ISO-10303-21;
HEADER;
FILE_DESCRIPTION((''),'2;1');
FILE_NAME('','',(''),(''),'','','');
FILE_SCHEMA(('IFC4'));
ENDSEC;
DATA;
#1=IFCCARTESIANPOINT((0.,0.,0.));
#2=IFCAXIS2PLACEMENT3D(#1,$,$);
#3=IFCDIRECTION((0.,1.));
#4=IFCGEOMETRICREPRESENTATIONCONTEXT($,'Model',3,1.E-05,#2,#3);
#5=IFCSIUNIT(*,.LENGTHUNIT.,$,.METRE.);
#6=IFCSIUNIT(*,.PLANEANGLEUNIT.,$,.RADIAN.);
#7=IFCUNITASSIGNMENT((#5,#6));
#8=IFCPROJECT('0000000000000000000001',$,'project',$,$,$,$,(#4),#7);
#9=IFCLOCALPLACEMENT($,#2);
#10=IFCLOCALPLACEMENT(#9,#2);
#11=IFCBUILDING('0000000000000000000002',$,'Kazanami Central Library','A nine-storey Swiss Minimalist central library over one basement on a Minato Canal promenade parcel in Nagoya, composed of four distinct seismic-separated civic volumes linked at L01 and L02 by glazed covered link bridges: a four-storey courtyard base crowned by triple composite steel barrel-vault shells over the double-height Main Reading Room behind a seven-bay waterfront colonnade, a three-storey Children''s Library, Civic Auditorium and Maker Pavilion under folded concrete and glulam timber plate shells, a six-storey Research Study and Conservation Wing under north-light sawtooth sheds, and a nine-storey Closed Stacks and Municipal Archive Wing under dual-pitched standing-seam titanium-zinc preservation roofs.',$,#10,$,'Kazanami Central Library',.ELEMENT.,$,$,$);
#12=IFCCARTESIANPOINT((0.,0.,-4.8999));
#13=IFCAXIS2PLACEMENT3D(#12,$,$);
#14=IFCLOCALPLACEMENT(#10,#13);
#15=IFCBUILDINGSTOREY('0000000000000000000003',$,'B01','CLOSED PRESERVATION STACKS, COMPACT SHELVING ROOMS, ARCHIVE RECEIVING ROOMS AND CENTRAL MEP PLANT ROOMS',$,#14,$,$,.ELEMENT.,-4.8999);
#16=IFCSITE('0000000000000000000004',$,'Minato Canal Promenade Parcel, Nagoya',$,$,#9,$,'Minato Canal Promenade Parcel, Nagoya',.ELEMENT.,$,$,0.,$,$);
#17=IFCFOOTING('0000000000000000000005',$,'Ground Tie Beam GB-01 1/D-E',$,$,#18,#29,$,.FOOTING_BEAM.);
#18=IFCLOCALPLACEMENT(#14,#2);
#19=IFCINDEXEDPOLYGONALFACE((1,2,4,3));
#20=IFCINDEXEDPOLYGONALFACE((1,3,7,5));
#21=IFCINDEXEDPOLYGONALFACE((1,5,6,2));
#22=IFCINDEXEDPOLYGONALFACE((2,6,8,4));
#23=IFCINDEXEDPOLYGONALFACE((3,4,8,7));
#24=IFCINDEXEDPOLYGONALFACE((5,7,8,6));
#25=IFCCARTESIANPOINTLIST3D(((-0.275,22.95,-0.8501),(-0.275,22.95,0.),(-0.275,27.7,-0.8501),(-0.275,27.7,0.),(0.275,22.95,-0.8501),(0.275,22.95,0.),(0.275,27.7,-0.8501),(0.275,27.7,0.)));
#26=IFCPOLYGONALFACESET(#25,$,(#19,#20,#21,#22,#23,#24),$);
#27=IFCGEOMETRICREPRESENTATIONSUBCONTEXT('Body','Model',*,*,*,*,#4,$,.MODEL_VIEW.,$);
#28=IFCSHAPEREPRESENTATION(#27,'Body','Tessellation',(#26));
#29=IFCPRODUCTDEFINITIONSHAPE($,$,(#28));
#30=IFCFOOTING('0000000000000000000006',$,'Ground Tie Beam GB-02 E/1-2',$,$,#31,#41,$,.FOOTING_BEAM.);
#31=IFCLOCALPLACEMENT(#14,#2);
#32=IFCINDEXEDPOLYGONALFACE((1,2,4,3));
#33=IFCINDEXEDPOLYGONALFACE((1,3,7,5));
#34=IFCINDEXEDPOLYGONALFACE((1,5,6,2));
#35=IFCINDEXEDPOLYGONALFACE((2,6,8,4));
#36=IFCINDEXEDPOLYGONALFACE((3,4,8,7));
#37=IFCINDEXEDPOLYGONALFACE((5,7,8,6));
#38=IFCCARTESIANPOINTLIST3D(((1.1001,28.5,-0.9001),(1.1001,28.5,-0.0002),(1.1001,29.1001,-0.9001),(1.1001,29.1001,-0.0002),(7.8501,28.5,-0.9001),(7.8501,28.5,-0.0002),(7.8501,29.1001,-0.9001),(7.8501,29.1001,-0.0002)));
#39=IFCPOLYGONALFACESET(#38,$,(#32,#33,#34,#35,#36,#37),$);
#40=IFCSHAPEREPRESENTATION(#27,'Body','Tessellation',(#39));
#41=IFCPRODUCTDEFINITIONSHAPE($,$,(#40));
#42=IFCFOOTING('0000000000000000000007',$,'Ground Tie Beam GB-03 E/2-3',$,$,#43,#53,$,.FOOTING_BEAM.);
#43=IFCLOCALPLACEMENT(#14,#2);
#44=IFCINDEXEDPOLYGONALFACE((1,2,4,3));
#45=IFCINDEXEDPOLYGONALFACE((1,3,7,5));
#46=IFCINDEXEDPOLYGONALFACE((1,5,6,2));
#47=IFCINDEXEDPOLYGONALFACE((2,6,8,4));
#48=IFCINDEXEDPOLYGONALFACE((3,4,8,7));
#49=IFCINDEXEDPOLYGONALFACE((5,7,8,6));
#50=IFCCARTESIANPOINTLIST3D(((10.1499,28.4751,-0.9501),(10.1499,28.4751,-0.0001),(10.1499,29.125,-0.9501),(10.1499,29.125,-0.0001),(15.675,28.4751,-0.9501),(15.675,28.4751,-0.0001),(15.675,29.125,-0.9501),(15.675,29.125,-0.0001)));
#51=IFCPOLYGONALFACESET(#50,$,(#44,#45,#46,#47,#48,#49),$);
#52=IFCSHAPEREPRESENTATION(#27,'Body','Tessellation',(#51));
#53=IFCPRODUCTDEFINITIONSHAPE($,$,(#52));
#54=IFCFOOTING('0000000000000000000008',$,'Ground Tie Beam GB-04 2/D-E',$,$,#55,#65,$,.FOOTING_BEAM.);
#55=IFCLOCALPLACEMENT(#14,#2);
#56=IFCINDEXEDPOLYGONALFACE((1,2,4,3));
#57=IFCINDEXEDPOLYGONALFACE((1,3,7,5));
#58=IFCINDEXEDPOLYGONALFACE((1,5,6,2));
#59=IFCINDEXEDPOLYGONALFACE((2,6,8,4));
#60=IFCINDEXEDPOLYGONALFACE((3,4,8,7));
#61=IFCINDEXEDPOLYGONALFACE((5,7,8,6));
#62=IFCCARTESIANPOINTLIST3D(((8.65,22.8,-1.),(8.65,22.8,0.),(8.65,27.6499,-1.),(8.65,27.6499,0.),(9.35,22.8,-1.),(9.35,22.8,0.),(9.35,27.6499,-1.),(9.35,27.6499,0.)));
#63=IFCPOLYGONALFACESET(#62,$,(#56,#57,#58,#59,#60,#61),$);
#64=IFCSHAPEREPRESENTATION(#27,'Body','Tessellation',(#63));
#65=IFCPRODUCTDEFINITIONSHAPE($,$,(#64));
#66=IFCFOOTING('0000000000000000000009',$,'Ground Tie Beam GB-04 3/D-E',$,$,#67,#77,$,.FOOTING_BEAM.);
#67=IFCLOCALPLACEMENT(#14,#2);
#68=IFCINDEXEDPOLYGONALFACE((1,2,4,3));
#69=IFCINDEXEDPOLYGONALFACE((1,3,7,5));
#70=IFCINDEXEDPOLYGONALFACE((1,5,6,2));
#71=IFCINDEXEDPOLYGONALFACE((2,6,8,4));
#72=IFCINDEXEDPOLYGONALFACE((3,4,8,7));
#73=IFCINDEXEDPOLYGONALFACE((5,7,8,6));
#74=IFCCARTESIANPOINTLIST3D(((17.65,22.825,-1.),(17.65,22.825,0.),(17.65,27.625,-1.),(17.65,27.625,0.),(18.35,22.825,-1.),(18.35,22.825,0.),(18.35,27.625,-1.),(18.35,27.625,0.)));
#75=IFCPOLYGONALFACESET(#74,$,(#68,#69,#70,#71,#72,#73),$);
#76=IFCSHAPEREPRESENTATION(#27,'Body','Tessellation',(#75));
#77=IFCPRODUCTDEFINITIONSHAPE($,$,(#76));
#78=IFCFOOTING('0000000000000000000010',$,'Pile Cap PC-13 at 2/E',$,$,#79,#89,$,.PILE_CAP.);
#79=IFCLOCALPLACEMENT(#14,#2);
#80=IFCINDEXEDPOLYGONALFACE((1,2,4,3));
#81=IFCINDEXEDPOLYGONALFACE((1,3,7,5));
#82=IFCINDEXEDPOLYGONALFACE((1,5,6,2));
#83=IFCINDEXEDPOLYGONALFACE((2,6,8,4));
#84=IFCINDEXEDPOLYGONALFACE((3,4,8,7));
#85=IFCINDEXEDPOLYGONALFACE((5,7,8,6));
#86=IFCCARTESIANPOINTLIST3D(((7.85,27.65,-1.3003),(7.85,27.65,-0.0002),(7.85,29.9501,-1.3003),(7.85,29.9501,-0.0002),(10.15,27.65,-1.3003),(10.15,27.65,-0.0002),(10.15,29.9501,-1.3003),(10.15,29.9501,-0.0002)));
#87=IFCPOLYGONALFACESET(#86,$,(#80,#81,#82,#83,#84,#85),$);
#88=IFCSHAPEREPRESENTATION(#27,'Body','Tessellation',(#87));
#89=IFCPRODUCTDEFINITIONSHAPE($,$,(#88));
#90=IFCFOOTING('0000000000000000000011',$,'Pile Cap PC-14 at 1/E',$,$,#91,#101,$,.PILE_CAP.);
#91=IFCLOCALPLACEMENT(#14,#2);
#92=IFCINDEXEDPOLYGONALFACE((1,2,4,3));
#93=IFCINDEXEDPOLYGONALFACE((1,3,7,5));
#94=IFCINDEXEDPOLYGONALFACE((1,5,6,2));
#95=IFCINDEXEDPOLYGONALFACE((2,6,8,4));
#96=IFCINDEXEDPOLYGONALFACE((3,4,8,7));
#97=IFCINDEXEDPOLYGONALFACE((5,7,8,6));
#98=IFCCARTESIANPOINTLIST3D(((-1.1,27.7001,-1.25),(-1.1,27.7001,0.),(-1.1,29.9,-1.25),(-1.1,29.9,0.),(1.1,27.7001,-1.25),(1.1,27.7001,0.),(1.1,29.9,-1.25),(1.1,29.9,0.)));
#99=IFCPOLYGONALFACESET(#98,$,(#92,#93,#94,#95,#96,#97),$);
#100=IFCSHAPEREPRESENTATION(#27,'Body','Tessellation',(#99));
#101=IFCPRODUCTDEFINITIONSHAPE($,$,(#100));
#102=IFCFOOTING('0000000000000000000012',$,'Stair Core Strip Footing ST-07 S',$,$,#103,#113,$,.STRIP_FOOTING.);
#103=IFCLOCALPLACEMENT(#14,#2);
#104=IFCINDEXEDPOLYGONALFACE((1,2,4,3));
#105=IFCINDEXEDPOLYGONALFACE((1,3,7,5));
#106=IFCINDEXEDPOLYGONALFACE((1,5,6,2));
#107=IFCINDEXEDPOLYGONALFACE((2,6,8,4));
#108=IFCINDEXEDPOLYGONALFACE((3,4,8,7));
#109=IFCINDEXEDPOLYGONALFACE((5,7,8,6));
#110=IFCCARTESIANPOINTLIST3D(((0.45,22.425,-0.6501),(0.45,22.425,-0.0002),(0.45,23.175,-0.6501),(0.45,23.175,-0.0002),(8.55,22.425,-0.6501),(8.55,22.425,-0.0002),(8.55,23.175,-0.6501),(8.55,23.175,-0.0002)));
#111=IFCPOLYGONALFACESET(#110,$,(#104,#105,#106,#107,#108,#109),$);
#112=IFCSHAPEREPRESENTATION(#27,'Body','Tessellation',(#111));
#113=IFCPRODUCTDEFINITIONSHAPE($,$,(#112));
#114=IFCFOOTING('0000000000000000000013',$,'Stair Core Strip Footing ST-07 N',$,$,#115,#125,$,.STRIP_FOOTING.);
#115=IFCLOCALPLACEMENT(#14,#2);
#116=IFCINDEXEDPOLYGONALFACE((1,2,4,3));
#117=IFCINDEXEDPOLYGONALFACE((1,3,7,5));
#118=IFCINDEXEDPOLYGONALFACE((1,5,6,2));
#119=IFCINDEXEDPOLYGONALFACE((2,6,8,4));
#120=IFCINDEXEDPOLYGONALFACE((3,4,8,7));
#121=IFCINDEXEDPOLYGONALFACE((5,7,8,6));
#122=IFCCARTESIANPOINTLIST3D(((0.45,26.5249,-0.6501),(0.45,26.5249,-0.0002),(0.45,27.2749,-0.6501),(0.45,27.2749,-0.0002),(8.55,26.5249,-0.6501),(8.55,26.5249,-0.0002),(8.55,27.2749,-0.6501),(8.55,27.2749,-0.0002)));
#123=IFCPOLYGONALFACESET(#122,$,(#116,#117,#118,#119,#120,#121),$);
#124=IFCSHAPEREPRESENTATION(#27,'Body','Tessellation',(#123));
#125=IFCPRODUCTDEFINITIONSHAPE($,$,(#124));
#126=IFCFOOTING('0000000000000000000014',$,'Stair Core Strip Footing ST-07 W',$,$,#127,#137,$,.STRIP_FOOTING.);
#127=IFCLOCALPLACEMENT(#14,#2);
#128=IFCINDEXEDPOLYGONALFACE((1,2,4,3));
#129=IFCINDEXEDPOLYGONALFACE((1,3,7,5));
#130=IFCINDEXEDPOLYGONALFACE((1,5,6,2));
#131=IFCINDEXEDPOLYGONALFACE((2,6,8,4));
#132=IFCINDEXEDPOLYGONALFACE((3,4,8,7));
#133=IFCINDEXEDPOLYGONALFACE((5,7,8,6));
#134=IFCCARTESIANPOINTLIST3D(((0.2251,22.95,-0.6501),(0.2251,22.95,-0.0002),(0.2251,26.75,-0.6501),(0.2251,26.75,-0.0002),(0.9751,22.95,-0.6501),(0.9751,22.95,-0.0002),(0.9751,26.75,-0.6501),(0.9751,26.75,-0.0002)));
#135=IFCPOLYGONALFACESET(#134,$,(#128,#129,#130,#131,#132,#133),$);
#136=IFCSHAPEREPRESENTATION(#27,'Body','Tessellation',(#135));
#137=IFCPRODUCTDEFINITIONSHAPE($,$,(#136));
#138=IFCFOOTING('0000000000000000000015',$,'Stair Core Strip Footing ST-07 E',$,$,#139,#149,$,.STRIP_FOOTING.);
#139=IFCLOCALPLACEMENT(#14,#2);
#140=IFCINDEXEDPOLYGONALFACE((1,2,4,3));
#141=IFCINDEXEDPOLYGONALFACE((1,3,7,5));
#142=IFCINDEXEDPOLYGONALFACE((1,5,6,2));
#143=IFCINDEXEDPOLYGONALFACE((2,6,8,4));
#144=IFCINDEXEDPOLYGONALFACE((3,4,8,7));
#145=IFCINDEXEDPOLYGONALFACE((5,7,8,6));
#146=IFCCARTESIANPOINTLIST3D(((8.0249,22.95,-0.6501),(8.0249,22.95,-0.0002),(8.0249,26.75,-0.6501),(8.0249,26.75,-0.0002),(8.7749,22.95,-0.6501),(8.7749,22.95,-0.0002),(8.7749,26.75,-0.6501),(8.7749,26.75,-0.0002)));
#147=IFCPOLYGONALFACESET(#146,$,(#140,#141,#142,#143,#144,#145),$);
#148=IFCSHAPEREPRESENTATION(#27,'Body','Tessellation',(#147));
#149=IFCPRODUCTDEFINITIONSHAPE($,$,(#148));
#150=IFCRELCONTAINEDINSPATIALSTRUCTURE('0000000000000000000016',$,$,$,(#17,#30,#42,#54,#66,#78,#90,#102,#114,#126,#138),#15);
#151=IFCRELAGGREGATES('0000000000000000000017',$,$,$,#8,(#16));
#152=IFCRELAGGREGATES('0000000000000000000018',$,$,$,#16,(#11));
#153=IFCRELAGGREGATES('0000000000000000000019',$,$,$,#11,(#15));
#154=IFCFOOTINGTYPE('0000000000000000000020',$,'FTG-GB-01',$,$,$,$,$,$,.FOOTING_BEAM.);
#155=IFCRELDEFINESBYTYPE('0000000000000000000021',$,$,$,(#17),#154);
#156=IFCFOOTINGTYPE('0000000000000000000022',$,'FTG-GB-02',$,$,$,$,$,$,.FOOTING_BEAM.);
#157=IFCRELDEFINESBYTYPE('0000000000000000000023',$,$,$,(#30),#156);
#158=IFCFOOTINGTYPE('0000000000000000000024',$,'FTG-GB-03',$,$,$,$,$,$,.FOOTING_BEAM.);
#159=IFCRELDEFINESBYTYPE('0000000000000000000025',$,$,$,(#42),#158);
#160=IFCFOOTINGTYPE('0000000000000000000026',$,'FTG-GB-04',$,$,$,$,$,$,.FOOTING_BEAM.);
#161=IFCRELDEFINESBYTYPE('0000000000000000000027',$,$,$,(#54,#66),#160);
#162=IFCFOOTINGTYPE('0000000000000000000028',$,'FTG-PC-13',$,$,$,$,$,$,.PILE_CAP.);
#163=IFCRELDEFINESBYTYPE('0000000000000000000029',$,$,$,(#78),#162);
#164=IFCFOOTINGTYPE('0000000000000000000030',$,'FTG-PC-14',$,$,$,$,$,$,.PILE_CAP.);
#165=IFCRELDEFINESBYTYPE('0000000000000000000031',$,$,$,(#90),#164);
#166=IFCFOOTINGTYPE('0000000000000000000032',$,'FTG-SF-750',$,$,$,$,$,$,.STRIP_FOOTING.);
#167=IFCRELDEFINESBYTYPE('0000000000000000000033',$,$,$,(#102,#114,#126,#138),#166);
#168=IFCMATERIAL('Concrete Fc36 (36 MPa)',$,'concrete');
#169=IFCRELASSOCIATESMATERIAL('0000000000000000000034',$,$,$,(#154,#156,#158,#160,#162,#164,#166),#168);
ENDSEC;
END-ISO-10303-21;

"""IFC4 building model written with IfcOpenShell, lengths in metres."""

from ifc_helpers import new_model, si_unit, direction, frame, origin, origin_2d, place, context, subcontext, project, spatial, rectangle, extrude, material, material_profile, profile_set, type_object, element, save


model = new_model("IFC4")

# Units and contexts
model_context = context("Model", 3, precision=1e-05, world=origin(), true_north=direction((0.0, 1.0)))
body_context = subcontext(model_context, "Body", "Model", "MODEL_VIEW")
ifc_project = project(units=[si_unit("LENGTHUNIT", "METRE"), si_unit("PLANEANGLEUNIT", "RADIAN")], contexts=[model_context])

# Site, building, storey
site_placement = place(None, origin())
site = spatial("IfcSite", under=ifc_project, at=site_placement, Name="Minato Canal Promenade Parcel, Nagoya", LongName="Minato Canal Promenade Parcel, Nagoya", CompositionType="ELEMENT", RefElevation=0.0)
building_placement = place(site_placement, origin())
building = spatial("IfcBuilding", under=site, at=building_placement, Name="Kazanami Central Library", Description="A nine-storey Swiss Minimalist central library over one basement on a Minato Canal promenade parcel in Nagoya, composed of four distinct seismic-separated civic volumes linked at L01 and L02 by glazed covered link bridges: a four-storey courtyard base crowned by triple composite steel barrel-vault shells over the double-height Main Reading Room behind a seven-bay waterfront colonnade, a three-storey Children's Library, Civic Auditorium and Maker Pavilion under folded concrete and glulam timber plate shells, a six-storey Research Study and Conservation Wing under north-light sawtooth sheds, and a nine-storey Closed Stacks and Municipal Archive Wing under dual-pitched standing-seam titanium-zinc preservation roofs.", LongName="Kazanami Central Library", CompositionType="ELEMENT")
storey_placement = place(building_placement, frame((0.0, 0.0, -4.8999)))
storey = spatial("IfcBuildingStorey", under=building, at=storey_placement, Name="B01", Description="CLOSED PRESERVATION STACKS, COMPACT SHELVING ROOMS, ARCHIVE RECEIVING ROOMS AND CENTRAL MEP PLANT ROOMS", CompositionType="ELEMENT", Elevation=-4.8999)

# Footings
ifc_material_1 = material(Name="Concrete Fc36 (36 MPa)", Category="concrete")
ifc_material_profile_1 = material_profile(ifc_material_1, rectangle(XDim=0.55, YDim=0.8501, at=origin_2d()), Name="RC-550x850")
ifc_profile_set_1 = profile_set([ifc_material_profile_1], Name="Concrete Fc36 (36 MPa)")
footing_type_1 = type_object("IfcFootingType", Name="FTG-GB-01", PredefinedType="FOOTING_BEAM", material=ifc_profile_set_1)
footing_1_placement = place(storey_placement, frame((0.0, 22.95, -0.425), z_axis=(0.0, 1.0, 0.0), x_axis=(-1.0, 0.0, 0.0)))
element("IfcFooting", 1, at=footing_1_placement, inside=storey, type_object=footing_type_1, Name="Ground Tie Beam GB-01 1/D-E", PredefinedType="FOOTING_BEAM", context=body_context, shape_type="SweptSolid", body=[
    extrude(rectangle(XDim=0.55, YDim=0.8501, at=origin_2d()), origin(), (0.0, 0.0, 1.0), 4.75),
])
ifc_material_profile_2 = material_profile(ifc_material_1, rectangle(XDim=0.6001, YDim=0.8999, at=origin_2d()), Name="RC-600x900")
ifc_profile_set_2 = profile_set([ifc_material_profile_2], Name="Concrete Fc36 (36 MPa)")
footing_type_2 = type_object("IfcFootingType", Name="FTG-GB-02", PredefinedType="FOOTING_BEAM", material=ifc_profile_set_2)
footing_2_placement = place(storey_placement, frame((1.1001, 28.8, -0.4502), z_axis=(1.0, 0.0, 0.0), x_axis=(0.0, 1.0, 0.0)))
element("IfcFooting", 2, at=footing_2_placement, inside=storey, type_object=footing_type_2, Name="Ground Tie Beam GB-02 E/1-2", PredefinedType="FOOTING_BEAM", context=body_context, shape_type="SweptSolid", body=[
    extrude(rectangle(XDim=0.6001, YDim=0.8999, at=origin_2d()), origin(), (0.0, 0.0, 1.0), 6.75),
])
ifc_material_profile_3 = material_profile(ifc_material_1, rectangle(XDim=0.6499, YDim=0.95, at=origin_2d()), Name="RC-650x950")
ifc_profile_set_3 = profile_set([ifc_material_profile_3], Name="Concrete Fc36 (36 MPa)")
footing_type_3 = type_object("IfcFootingType", Name="FTG-GB-03", PredefinedType="FOOTING_BEAM", material=ifc_profile_set_3)
footing_3_placement = place(storey_placement, frame((10.1499, 28.8, -0.4751), z_axis=(1.0, 0.0, 0.0), x_axis=(0.0, 1.0, 0.0)))
element("IfcFooting", 3, at=footing_3_placement, inside=storey, type_object=footing_type_3, Name="Ground Tie Beam GB-03 E/2-3", PredefinedType="FOOTING_BEAM", context=body_context, shape_type="SweptSolid", body=[
    extrude(rectangle(XDim=0.6499, YDim=0.95, at=origin_2d()), origin(), (0.0, 0.0, 1.0), 5.5251),
])
ifc_material_profile_4 = material_profile(ifc_material_1, rectangle(XDim=0.7, YDim=1.0, at=origin_2d()), Name="RC-700x1000")
ifc_profile_set_4 = profile_set([ifc_material_profile_4], Name="Concrete Fc36 (36 MPa)")
footing_type_4 = type_object("IfcFootingType", Name="FTG-GB-04", PredefinedType="FOOTING_BEAM", material=ifc_profile_set_4)
footing_4_placement = place(storey_placement, frame((9.0, 22.8, -0.5), z_axis=(0.0, 1.0, 0.0), x_axis=(-1.0, 0.0, 0.0)))
element("IfcFooting", 4, at=footing_4_placement, inside=storey, type_object=footing_type_4, Name="Ground Tie Beam GB-04 2/D-E", PredefinedType="FOOTING_BEAM", context=body_context, shape_type="SweptSolid", body=[
    extrude(rectangle(XDim=0.7, YDim=1.0, at=origin_2d()), origin(), (0.0, 0.0, 1.0), 4.8499),
])
footing_5_placement = place(storey_placement, frame((18.0, 22.825, -0.5), z_axis=(0.0, 1.0, 0.0), x_axis=(-1.0, 0.0, 0.0)))
element("IfcFooting", 5, at=footing_5_placement, inside=storey, type_object=footing_type_4, Name="Ground Tie Beam GB-04 3/D-E", PredefinedType="FOOTING_BEAM", context=body_context, shape_type="SweptSolid", body=[
    extrude(rectangle(XDim=0.7, YDim=1.0, at=origin_2d()), origin(), (0.0, 0.0, 1.0), 4.8),
])
footing_type_5 = type_object("IfcFootingType", Name="FTG-PC-13", PredefinedType="PILE_CAP", material=ifc_material_1)
footing_6_placement = place(storey_placement, frame((9.0, 28.8, -1.3003), z_axis=(0.0, 0.0, 1.0), x_axis=(1.0, 0.0, 0.0)))
element("IfcFooting", 6, at=footing_6_placement, inside=storey, type_object=footing_type_5, Name="Pile Cap PC-13 at 2/E", PredefinedType="PILE_CAP", context=body_context, shape_type="SweptSolid", body=[
    extrude(rectangle(XDim=2.3, YDim=2.3, at=origin_2d()), origin(), (0.0, 0.0, 1.0), 1.3),
])
footing_type_6 = type_object("IfcFootingType", Name="FTG-PC-14", PredefinedType="PILE_CAP", material=ifc_material_1)
footing_7_placement = place(storey_placement, frame((0.0, 28.8, -1.25), z_axis=(0.0, 0.0, 1.0), x_axis=(1.0, 0.0, 0.0)))
element("IfcFooting", 7, at=footing_7_placement, inside=storey, type_object=footing_type_6, Name="Pile Cap PC-14 at 1/E", PredefinedType="PILE_CAP", context=body_context, shape_type="SweptSolid", body=[
    extrude(rectangle(XDim=2.2, YDim=2.2, at=origin_2d()), origin(), (0.0, 0.0, 1.0), 1.25),
])
ifc_material_profile_5 = material_profile(ifc_material_1, rectangle(XDim=0.75, YDim=0.6499, at=origin_2d()), Name="RC-750x650")
ifc_profile_set_5 = profile_set([ifc_material_profile_5], Name="Concrete Fc36 (36 MPa)")
footing_type_7 = type_object("IfcFootingType", Name="FTG-SF-750", PredefinedType="STRIP_FOOTING", material=ifc_profile_set_5)
for number, where, z_axis, x_axis, name in (
    (8, (0.45, 22.8, -0.3252), (1.0, 0.0, 0.0), (0.0, 1.0, 0.0), "Stair Core Strip Footing ST-07 S"),
    (9, (0.45, 26.8999, -0.3252), (1.0, 0.0, 0.0), (0.0, 1.0, 0.0), "Stair Core Strip Footing ST-07 N"),
):
    element("IfcFooting", number, at=place(storey_placement, frame(where, z_axis=z_axis, x_axis=x_axis)), inside=storey, type_object=footing_type_7, Name=name, PredefinedType="STRIP_FOOTING", context=body_context, shape_type="SweptSolid", body=[
        extrude(rectangle(XDim=0.75, YDim=0.6499, at=origin_2d()), origin(), (0.0, 0.0, 1.0), 8.1001),
    ])
for number, where, z_axis, x_axis, name in (
    (10, (0.6001, 22.95, -0.3252), (0.0, 1.0, 0.0), (-1.0, 0.0, 0.0), "Stair Core Strip Footing ST-07 W"),
    (11, (8.3999, 22.95, -0.3252), (0.0, 1.0, 0.0), (-1.0, 0.0, 0.0), "Stair Core Strip Footing ST-07 E"),
):
    element("IfcFooting", number, at=place(storey_placement, frame(where, z_axis=z_axis, x_axis=x_axis)), inside=storey, type_object=footing_type_7, Name=name, PredefinedType="STRIP_FOOTING", context=body_context, shape_type="SweptSolid", body=[
        extrude(rectangle(XDim=0.75, YDim=0.6499, at=origin_2d()), origin(), (0.0, 0.0, 1.0), 3.8),
    ])

save(model, "model.ifc")
